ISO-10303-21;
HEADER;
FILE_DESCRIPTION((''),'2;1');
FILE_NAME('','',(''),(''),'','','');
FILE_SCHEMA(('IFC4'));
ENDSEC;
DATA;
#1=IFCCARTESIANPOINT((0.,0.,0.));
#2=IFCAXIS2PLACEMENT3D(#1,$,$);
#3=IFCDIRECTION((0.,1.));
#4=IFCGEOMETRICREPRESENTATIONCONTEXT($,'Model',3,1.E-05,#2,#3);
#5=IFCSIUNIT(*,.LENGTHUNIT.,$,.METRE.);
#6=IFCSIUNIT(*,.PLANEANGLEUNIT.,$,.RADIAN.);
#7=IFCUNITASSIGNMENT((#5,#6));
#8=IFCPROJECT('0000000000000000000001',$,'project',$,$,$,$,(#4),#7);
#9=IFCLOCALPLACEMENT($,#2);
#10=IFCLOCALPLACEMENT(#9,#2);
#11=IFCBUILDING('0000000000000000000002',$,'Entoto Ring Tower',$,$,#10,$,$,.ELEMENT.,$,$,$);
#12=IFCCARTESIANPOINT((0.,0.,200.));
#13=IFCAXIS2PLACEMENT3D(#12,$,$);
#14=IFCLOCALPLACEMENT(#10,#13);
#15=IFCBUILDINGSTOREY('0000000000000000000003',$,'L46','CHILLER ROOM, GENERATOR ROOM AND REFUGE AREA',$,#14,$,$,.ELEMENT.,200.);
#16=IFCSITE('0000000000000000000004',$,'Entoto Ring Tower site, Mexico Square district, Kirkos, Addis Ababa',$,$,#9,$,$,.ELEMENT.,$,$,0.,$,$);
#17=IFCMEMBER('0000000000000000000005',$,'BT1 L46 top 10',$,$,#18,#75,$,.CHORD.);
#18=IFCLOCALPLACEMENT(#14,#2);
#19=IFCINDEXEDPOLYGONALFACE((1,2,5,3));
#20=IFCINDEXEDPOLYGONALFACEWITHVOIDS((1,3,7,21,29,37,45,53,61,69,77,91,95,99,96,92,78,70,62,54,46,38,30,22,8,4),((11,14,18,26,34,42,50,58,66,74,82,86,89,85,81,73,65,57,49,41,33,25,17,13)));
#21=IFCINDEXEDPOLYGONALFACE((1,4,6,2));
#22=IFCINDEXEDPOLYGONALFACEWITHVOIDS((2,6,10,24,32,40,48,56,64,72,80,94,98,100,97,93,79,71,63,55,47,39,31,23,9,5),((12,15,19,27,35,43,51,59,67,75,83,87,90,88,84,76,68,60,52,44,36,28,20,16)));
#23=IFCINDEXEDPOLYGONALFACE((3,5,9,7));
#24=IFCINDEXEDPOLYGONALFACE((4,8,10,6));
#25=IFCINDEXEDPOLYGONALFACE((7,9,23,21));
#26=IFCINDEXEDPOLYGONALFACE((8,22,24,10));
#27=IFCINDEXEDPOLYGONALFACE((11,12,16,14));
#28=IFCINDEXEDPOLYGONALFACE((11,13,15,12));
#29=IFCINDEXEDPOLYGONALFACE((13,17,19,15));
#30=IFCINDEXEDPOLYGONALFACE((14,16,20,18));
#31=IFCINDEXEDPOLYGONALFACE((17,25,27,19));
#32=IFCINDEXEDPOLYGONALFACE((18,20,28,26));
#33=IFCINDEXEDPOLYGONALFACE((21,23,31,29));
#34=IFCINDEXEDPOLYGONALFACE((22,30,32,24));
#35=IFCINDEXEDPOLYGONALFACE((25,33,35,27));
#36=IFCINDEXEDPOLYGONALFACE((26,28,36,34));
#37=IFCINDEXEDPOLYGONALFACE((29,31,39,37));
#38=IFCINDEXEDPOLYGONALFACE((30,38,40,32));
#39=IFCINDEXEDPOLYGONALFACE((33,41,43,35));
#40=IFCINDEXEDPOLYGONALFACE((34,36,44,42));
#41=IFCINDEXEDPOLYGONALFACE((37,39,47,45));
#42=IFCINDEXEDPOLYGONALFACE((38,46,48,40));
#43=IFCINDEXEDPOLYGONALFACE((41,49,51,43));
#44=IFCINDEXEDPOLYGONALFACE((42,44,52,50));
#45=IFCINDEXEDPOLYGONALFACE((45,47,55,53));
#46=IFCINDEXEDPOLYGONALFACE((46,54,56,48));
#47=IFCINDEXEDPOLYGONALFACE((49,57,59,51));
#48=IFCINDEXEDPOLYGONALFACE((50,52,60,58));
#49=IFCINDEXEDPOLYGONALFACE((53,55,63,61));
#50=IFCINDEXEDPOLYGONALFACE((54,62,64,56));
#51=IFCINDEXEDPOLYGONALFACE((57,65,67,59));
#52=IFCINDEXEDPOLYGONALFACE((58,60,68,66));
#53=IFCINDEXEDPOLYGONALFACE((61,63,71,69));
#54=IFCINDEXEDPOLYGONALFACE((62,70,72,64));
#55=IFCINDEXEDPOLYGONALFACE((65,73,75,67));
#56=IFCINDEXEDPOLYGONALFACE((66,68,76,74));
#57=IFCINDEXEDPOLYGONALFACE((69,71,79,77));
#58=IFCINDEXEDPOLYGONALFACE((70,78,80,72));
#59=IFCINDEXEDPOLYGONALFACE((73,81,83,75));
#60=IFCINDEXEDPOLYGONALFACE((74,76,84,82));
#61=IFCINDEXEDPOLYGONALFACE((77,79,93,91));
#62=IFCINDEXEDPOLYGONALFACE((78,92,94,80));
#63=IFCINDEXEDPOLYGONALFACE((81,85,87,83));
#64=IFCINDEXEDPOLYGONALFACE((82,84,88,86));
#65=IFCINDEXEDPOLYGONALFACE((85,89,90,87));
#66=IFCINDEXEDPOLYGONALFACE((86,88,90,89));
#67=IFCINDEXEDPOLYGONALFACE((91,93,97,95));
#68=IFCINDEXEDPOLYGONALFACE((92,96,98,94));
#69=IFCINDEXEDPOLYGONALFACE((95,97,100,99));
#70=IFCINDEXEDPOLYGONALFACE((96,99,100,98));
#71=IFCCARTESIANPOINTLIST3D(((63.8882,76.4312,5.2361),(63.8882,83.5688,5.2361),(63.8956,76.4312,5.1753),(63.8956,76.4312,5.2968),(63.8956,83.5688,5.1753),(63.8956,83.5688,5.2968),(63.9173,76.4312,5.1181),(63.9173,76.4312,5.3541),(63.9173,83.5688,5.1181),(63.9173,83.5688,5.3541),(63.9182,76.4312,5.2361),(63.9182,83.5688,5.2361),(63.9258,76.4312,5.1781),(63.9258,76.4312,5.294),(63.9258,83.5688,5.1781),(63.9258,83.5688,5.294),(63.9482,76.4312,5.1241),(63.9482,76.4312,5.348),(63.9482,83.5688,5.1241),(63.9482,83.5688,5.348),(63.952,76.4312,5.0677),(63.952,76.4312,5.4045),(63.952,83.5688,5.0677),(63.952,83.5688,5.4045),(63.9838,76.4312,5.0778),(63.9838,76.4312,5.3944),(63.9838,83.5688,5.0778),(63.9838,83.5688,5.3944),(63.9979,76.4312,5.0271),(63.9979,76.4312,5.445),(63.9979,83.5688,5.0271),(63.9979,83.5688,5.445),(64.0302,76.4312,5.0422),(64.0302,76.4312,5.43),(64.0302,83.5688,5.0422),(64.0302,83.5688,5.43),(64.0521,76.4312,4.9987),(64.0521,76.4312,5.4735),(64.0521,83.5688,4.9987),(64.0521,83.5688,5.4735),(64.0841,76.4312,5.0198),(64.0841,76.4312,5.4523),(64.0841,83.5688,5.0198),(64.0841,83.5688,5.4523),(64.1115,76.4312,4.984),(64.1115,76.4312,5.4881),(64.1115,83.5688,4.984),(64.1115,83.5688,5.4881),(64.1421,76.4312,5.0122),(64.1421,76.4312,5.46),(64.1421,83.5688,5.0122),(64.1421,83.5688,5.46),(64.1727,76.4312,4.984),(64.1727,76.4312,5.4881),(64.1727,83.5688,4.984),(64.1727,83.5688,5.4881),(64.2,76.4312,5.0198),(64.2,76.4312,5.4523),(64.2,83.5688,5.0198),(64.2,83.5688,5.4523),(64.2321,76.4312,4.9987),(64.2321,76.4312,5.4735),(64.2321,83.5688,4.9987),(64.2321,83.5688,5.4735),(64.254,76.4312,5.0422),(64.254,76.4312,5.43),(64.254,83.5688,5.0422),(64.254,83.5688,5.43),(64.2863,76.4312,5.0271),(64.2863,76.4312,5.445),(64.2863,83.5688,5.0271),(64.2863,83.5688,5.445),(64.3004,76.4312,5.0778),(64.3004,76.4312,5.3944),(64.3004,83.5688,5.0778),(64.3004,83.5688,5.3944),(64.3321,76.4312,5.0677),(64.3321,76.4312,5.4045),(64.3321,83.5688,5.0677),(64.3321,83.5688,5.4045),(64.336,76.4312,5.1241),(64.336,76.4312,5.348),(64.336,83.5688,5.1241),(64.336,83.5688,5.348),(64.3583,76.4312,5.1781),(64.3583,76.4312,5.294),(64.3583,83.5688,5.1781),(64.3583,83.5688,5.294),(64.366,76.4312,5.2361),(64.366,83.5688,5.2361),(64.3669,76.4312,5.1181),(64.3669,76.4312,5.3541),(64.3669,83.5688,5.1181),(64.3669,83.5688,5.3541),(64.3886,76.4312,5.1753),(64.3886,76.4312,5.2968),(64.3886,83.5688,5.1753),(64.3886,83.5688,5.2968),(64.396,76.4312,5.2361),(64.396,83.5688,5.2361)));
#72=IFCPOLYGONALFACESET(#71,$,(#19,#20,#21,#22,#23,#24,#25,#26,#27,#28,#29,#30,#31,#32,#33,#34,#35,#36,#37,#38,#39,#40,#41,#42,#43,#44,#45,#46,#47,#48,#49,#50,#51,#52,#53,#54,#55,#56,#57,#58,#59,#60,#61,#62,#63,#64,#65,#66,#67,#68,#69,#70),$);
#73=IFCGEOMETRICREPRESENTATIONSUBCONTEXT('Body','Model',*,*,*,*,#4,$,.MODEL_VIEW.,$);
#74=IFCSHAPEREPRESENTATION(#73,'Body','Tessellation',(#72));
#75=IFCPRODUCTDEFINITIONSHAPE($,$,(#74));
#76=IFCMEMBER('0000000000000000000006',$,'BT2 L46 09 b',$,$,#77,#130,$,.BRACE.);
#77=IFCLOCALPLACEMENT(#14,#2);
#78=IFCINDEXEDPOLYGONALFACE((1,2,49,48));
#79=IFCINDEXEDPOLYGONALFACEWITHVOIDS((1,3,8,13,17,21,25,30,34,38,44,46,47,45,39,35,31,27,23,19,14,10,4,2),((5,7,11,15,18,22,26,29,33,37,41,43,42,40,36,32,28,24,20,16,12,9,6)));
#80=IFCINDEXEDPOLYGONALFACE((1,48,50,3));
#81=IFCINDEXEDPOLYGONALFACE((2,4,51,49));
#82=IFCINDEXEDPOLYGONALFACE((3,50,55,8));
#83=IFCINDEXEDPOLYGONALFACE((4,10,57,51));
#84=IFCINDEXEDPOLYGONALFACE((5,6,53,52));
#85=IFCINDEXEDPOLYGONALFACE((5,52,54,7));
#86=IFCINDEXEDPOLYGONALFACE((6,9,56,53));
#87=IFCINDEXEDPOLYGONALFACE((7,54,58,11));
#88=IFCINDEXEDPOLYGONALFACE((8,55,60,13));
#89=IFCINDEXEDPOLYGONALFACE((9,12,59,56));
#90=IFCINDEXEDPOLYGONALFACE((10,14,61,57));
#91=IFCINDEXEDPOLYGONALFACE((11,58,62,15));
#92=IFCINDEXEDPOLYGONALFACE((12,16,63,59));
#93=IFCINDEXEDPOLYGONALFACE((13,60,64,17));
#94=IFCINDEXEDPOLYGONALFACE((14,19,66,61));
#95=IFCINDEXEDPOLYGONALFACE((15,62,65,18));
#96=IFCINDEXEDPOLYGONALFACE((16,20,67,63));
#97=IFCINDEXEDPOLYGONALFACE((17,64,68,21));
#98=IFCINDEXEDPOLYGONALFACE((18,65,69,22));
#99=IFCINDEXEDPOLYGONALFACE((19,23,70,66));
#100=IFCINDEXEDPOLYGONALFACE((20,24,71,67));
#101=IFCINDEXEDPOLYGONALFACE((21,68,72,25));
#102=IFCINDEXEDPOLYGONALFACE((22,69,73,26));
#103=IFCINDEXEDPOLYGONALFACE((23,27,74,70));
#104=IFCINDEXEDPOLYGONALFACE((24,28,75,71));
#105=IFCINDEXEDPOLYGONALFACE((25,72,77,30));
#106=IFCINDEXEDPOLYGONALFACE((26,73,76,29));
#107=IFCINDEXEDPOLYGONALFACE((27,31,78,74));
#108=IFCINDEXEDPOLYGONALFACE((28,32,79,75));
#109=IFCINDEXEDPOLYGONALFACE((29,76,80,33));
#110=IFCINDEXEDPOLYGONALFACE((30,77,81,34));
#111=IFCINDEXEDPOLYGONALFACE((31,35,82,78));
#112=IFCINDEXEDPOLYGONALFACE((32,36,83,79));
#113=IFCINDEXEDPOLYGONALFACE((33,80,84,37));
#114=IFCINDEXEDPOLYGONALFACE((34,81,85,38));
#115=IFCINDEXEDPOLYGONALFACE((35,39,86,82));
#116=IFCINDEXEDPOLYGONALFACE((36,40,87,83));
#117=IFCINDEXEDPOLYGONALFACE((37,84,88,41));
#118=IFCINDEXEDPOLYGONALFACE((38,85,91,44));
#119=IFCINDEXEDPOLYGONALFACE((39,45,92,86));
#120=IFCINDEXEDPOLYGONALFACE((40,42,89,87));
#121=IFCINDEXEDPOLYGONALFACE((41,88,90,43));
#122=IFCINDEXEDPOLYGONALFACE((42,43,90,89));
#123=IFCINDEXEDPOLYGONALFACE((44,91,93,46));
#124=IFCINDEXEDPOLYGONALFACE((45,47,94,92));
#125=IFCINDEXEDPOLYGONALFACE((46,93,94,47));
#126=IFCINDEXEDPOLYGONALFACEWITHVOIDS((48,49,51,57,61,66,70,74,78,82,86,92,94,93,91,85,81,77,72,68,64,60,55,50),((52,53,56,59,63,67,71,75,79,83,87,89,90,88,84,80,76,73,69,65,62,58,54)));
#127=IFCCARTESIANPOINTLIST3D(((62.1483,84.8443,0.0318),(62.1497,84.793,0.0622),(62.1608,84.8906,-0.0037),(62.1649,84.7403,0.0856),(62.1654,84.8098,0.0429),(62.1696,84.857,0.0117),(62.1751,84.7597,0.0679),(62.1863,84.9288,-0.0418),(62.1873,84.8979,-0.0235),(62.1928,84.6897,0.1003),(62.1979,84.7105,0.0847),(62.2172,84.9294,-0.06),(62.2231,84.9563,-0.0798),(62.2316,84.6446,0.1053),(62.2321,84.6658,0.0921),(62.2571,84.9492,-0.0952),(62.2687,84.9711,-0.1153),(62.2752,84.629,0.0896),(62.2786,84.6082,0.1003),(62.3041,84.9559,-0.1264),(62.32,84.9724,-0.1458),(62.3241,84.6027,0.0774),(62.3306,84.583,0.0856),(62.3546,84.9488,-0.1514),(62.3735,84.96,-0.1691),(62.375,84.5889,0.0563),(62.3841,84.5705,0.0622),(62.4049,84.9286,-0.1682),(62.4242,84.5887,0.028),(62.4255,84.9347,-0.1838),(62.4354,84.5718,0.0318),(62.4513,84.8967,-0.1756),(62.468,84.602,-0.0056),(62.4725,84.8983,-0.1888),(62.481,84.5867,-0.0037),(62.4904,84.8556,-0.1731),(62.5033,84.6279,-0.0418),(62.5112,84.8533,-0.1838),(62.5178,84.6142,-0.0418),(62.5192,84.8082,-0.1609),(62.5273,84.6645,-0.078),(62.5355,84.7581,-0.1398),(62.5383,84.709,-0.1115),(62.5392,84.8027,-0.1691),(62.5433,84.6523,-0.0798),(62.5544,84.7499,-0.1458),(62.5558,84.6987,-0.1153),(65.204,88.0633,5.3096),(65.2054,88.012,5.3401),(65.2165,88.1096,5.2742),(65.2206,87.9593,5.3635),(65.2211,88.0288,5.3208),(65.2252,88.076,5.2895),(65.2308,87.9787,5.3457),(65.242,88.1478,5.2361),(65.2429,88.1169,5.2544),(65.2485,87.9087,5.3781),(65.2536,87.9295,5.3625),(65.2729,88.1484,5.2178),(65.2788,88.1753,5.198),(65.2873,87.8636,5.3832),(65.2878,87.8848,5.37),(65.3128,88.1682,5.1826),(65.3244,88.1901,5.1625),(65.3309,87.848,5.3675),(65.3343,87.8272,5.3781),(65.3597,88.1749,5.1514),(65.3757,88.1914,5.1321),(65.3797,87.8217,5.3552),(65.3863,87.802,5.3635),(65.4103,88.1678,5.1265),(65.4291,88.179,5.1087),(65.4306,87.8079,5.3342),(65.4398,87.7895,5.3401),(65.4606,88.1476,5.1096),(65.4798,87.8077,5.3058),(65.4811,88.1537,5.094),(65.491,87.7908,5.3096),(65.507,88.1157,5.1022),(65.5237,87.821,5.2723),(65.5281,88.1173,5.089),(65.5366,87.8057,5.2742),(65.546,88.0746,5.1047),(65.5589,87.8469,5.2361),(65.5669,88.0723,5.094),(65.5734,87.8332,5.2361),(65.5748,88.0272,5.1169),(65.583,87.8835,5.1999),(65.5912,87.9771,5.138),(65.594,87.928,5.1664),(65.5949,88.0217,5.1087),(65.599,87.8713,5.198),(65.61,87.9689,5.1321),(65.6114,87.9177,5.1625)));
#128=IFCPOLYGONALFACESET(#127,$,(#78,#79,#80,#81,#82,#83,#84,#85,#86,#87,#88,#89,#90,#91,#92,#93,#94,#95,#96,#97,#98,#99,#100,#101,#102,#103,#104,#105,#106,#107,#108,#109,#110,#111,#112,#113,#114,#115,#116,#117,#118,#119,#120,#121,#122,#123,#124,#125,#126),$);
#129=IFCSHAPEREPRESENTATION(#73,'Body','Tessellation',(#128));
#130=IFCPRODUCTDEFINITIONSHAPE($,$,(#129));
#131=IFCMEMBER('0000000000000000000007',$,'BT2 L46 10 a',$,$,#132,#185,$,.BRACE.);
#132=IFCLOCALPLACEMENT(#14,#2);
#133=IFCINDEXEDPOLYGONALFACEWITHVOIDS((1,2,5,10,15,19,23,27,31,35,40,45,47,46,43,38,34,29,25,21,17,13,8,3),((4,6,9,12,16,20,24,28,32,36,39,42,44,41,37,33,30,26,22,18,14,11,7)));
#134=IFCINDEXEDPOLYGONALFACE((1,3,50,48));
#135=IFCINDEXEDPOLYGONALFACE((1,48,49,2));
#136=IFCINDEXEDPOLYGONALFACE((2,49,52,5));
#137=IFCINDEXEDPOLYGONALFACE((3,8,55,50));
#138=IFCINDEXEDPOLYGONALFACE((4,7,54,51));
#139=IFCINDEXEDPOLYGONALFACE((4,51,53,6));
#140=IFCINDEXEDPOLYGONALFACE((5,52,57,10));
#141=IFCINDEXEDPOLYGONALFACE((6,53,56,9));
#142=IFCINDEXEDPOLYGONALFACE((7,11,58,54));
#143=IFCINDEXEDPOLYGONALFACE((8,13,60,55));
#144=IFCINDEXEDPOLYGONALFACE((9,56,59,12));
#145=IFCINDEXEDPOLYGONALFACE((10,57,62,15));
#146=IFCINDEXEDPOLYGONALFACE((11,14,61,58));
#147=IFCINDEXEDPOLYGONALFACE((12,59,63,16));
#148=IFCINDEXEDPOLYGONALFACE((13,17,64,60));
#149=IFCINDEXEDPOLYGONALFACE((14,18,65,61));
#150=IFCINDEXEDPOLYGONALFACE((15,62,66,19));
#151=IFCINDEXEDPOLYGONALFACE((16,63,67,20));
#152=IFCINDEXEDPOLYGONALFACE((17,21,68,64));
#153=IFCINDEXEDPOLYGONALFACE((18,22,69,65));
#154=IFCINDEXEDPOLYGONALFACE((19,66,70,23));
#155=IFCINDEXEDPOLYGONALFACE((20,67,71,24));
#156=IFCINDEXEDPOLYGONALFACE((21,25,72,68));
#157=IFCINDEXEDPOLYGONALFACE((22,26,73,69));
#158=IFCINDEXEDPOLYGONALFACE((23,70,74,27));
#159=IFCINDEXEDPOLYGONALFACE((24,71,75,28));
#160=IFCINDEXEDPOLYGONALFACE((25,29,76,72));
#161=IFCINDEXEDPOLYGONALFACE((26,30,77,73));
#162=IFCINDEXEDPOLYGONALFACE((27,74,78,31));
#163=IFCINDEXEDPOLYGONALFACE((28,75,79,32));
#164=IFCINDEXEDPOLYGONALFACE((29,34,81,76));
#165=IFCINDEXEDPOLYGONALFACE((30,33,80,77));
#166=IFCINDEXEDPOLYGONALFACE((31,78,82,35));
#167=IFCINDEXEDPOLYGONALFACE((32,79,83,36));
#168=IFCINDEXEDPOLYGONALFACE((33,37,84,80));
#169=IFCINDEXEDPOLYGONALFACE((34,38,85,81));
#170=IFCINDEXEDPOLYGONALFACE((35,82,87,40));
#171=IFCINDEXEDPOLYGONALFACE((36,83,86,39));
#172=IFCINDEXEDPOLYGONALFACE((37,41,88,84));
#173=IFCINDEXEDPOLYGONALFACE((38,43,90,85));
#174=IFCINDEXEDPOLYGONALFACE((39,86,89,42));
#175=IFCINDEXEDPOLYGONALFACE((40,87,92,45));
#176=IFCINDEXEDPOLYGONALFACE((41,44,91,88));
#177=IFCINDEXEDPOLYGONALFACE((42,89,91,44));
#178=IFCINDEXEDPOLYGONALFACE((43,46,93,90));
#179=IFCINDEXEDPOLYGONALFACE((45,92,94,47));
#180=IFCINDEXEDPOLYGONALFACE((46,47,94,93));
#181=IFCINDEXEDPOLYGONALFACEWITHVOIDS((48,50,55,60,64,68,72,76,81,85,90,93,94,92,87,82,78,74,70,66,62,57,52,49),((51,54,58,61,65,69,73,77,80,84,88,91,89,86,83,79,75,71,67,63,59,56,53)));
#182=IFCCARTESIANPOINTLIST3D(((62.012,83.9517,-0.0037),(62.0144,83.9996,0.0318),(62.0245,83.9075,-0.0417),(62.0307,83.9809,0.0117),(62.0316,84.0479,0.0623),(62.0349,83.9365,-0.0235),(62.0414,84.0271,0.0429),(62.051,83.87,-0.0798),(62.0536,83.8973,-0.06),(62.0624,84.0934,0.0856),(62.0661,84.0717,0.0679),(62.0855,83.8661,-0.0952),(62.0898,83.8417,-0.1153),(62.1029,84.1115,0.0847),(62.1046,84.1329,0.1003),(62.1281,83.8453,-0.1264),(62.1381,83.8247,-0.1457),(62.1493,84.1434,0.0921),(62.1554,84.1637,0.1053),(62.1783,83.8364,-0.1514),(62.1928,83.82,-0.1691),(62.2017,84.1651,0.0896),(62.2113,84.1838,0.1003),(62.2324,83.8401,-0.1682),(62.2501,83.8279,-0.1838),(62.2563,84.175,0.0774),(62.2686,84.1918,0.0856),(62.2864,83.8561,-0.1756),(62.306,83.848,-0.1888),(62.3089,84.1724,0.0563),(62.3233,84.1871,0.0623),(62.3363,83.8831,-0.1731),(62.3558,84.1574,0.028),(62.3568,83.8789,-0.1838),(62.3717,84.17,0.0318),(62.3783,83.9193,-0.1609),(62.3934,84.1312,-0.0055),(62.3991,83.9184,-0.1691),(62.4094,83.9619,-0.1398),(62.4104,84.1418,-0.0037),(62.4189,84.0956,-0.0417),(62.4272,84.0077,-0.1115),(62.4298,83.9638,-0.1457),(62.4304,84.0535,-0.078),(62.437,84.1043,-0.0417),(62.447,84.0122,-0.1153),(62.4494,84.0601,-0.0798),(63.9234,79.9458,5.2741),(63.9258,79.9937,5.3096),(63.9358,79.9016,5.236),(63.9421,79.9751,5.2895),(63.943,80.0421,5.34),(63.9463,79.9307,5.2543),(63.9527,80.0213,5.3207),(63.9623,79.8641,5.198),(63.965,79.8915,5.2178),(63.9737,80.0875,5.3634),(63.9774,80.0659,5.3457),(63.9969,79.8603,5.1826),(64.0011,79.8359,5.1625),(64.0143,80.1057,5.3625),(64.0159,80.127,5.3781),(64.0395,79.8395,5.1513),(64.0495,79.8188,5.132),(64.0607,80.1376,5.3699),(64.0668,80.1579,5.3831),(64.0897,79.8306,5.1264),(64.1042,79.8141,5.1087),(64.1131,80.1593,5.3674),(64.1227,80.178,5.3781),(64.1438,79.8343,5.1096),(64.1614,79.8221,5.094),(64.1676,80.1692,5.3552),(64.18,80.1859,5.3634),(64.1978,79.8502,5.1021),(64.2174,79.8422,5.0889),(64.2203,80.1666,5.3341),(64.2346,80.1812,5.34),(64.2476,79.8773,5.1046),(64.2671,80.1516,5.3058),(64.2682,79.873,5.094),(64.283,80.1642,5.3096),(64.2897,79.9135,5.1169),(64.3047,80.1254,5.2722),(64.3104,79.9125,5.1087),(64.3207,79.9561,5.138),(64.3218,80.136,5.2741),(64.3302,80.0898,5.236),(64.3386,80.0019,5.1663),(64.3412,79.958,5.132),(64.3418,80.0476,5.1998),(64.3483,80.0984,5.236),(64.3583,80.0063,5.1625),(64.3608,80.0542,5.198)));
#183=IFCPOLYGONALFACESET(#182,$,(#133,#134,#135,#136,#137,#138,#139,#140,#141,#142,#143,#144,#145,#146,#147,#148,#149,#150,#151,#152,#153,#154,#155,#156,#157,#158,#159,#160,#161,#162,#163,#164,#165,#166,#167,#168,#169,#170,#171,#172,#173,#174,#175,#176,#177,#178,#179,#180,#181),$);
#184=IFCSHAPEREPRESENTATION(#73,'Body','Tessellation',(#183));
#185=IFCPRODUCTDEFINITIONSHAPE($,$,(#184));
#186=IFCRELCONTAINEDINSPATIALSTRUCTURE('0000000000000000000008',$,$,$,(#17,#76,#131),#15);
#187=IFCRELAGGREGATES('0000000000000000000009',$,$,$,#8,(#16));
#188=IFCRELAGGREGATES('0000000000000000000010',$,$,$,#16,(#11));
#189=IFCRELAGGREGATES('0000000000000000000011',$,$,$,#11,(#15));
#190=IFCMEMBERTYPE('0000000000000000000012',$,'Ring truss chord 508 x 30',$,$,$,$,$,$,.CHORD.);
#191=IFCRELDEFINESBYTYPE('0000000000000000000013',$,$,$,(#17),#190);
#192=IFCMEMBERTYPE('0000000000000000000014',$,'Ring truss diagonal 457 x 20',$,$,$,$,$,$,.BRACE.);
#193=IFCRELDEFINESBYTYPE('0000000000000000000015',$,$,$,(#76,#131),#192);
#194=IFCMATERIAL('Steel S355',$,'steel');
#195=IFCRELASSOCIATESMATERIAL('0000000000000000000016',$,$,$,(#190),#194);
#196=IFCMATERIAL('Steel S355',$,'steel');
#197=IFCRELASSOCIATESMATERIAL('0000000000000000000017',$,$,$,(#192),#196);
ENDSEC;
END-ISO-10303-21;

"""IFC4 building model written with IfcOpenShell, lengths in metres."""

from ifc_helpers import new_model, si_unit, direction, frame, origin, origin_2d, place, context, subcontext, project, spatial, circle, hollow_circle, extrude, material, material_profile, profile_set, type_object, element, save


model = new_model("IFC4")

# Units and contexts
model_context = context("Model", 3, precision=1e-05, world=origin(), true_north=direction((0.0, 1.0)))
body_context = subcontext(model_context, "Body", "Model", "MODEL_VIEW")
ifc_project = project(units=[si_unit("LENGTHUNIT", "METRE"), si_unit("PLANEANGLEUNIT", "RADIAN")], contexts=[model_context])

# Site, building, storey
site_placement = place(None, origin())
site = spatial("IfcSite", under=ifc_project, at=site_placement, Name="Entoto Ring Tower site, Mexico Square district, Kirkos, Addis Ababa", CompositionType="ELEMENT", RefElevation=0.0)
building_placement = place(site_placement, origin())
building = spatial("IfcBuilding", under=site, at=building_placement, Name="Entoto Ring Tower", CompositionType="ELEMENT")
storey_placement = place(building_placement, frame((0.0, 0.0, 200.0)))
storey = spatial("IfcBuildingStorey", under=building, at=storey_placement, Name="L46", Description="CHILLER ROOM, GENERATOR ROOM AND REFUGE AREA", CompositionType="ELEMENT", Elevation=200.0)

# Members
ifc_material_1 = material(Name="Steel S355", Category="steel")
ifc_material_profile_1 = material_profile(ifc_material_1, hollow_circle(Radius=0.2539, WallThickness=0.03, at=origin_2d()), Name="CHS 508 x 30")
ifc_material_2 = material(Name="Concrete C60/75", Category="concrete")
ifc_material_profile_2 = material_profile(ifc_material_2, circle(Radius=0.2241, at=origin_2d()), Name="Concrete C60/75 infill")
ifc_profile_set_1 = profile_set([ifc_material_profile_1, ifc_material_profile_2], Name="Steel S355")
member_type_1 = type_object("IfcMemberType", Name="Ring truss chord 508 x 30", PredefinedType="CHORD", material=ifc_profile_set_1)
member_1_placement = place(storey_placement, frame((64.1421, 83.5688, 5.2361), z_axis=(0.0, -1.0, 0.0), x_axis=(1.0, 0.0, 0.0)))
element("IfcMember", 1, at=member_1_placement, inside=storey, type_object=member_type_1, Name="BT1 L46 top 10", PredefinedType="CHORD", context=body_context, shape_type="SweptSolid", body=[
    extrude(hollow_circle(Radius=0.2539, WallThickness=0.03, at=origin_2d()), origin(), (0.0, 0.0, 1.0), 7.1377),
])
ifc_material_3 = material(Name="Steel S355", Category="steel")
ifc_material_profile_3 = material_profile(ifc_material_3, hollow_circle(Radius=0.2285, WallThickness=0.02, at=origin_2d()), Name="CHS 457 x 20")
ifc_material_4 = material(Name="Concrete C60/75", Category="concrete")
ifc_material_profile_4 = material_profile(ifc_material_4, circle(Radius=0.2085, at=origin_2d()), Name="Concrete C60/75 infill")
ifc_profile_set_2 = profile_set([ifc_material_profile_3, ifc_material_profile_4], Name="Steel S355")
member_type_2 = type_object("IfcMemberType", Name="Ring truss diagonal 457 x 20", PredefinedType="BRACE", material=ifc_profile_set_2)
for number, where, z_axis, x_axis, name in (
    (2, (65.4077, 87.9905, 5.2361), (-0.443108, -0.466793, -0.765349), (0.725267, -0.688468, 0.0), "BT2 L46 09 b"),
    (3, (62.2307, 84.0059, -0.0417), (0.277169, -0.58089, 0.765339), (0.902526, 0.430636, 0.0), "BT2 L46 10 a"),
):
    element("IfcMember", number, at=place(storey_placement, frame(where, z_axis=z_axis, x_axis=x_axis)), inside=storey, type_object=member_type_2, Name=name, PredefinedType="BRACE", context=body_context, shape_type="SweptSolid", body=[
        extrude(hollow_circle(Radius=0.2285, WallThickness=0.02, at=origin_2d()), origin(), (0.0, 0.0, 1.0), 6.896),
    ])

save(model, "model.ifc")
